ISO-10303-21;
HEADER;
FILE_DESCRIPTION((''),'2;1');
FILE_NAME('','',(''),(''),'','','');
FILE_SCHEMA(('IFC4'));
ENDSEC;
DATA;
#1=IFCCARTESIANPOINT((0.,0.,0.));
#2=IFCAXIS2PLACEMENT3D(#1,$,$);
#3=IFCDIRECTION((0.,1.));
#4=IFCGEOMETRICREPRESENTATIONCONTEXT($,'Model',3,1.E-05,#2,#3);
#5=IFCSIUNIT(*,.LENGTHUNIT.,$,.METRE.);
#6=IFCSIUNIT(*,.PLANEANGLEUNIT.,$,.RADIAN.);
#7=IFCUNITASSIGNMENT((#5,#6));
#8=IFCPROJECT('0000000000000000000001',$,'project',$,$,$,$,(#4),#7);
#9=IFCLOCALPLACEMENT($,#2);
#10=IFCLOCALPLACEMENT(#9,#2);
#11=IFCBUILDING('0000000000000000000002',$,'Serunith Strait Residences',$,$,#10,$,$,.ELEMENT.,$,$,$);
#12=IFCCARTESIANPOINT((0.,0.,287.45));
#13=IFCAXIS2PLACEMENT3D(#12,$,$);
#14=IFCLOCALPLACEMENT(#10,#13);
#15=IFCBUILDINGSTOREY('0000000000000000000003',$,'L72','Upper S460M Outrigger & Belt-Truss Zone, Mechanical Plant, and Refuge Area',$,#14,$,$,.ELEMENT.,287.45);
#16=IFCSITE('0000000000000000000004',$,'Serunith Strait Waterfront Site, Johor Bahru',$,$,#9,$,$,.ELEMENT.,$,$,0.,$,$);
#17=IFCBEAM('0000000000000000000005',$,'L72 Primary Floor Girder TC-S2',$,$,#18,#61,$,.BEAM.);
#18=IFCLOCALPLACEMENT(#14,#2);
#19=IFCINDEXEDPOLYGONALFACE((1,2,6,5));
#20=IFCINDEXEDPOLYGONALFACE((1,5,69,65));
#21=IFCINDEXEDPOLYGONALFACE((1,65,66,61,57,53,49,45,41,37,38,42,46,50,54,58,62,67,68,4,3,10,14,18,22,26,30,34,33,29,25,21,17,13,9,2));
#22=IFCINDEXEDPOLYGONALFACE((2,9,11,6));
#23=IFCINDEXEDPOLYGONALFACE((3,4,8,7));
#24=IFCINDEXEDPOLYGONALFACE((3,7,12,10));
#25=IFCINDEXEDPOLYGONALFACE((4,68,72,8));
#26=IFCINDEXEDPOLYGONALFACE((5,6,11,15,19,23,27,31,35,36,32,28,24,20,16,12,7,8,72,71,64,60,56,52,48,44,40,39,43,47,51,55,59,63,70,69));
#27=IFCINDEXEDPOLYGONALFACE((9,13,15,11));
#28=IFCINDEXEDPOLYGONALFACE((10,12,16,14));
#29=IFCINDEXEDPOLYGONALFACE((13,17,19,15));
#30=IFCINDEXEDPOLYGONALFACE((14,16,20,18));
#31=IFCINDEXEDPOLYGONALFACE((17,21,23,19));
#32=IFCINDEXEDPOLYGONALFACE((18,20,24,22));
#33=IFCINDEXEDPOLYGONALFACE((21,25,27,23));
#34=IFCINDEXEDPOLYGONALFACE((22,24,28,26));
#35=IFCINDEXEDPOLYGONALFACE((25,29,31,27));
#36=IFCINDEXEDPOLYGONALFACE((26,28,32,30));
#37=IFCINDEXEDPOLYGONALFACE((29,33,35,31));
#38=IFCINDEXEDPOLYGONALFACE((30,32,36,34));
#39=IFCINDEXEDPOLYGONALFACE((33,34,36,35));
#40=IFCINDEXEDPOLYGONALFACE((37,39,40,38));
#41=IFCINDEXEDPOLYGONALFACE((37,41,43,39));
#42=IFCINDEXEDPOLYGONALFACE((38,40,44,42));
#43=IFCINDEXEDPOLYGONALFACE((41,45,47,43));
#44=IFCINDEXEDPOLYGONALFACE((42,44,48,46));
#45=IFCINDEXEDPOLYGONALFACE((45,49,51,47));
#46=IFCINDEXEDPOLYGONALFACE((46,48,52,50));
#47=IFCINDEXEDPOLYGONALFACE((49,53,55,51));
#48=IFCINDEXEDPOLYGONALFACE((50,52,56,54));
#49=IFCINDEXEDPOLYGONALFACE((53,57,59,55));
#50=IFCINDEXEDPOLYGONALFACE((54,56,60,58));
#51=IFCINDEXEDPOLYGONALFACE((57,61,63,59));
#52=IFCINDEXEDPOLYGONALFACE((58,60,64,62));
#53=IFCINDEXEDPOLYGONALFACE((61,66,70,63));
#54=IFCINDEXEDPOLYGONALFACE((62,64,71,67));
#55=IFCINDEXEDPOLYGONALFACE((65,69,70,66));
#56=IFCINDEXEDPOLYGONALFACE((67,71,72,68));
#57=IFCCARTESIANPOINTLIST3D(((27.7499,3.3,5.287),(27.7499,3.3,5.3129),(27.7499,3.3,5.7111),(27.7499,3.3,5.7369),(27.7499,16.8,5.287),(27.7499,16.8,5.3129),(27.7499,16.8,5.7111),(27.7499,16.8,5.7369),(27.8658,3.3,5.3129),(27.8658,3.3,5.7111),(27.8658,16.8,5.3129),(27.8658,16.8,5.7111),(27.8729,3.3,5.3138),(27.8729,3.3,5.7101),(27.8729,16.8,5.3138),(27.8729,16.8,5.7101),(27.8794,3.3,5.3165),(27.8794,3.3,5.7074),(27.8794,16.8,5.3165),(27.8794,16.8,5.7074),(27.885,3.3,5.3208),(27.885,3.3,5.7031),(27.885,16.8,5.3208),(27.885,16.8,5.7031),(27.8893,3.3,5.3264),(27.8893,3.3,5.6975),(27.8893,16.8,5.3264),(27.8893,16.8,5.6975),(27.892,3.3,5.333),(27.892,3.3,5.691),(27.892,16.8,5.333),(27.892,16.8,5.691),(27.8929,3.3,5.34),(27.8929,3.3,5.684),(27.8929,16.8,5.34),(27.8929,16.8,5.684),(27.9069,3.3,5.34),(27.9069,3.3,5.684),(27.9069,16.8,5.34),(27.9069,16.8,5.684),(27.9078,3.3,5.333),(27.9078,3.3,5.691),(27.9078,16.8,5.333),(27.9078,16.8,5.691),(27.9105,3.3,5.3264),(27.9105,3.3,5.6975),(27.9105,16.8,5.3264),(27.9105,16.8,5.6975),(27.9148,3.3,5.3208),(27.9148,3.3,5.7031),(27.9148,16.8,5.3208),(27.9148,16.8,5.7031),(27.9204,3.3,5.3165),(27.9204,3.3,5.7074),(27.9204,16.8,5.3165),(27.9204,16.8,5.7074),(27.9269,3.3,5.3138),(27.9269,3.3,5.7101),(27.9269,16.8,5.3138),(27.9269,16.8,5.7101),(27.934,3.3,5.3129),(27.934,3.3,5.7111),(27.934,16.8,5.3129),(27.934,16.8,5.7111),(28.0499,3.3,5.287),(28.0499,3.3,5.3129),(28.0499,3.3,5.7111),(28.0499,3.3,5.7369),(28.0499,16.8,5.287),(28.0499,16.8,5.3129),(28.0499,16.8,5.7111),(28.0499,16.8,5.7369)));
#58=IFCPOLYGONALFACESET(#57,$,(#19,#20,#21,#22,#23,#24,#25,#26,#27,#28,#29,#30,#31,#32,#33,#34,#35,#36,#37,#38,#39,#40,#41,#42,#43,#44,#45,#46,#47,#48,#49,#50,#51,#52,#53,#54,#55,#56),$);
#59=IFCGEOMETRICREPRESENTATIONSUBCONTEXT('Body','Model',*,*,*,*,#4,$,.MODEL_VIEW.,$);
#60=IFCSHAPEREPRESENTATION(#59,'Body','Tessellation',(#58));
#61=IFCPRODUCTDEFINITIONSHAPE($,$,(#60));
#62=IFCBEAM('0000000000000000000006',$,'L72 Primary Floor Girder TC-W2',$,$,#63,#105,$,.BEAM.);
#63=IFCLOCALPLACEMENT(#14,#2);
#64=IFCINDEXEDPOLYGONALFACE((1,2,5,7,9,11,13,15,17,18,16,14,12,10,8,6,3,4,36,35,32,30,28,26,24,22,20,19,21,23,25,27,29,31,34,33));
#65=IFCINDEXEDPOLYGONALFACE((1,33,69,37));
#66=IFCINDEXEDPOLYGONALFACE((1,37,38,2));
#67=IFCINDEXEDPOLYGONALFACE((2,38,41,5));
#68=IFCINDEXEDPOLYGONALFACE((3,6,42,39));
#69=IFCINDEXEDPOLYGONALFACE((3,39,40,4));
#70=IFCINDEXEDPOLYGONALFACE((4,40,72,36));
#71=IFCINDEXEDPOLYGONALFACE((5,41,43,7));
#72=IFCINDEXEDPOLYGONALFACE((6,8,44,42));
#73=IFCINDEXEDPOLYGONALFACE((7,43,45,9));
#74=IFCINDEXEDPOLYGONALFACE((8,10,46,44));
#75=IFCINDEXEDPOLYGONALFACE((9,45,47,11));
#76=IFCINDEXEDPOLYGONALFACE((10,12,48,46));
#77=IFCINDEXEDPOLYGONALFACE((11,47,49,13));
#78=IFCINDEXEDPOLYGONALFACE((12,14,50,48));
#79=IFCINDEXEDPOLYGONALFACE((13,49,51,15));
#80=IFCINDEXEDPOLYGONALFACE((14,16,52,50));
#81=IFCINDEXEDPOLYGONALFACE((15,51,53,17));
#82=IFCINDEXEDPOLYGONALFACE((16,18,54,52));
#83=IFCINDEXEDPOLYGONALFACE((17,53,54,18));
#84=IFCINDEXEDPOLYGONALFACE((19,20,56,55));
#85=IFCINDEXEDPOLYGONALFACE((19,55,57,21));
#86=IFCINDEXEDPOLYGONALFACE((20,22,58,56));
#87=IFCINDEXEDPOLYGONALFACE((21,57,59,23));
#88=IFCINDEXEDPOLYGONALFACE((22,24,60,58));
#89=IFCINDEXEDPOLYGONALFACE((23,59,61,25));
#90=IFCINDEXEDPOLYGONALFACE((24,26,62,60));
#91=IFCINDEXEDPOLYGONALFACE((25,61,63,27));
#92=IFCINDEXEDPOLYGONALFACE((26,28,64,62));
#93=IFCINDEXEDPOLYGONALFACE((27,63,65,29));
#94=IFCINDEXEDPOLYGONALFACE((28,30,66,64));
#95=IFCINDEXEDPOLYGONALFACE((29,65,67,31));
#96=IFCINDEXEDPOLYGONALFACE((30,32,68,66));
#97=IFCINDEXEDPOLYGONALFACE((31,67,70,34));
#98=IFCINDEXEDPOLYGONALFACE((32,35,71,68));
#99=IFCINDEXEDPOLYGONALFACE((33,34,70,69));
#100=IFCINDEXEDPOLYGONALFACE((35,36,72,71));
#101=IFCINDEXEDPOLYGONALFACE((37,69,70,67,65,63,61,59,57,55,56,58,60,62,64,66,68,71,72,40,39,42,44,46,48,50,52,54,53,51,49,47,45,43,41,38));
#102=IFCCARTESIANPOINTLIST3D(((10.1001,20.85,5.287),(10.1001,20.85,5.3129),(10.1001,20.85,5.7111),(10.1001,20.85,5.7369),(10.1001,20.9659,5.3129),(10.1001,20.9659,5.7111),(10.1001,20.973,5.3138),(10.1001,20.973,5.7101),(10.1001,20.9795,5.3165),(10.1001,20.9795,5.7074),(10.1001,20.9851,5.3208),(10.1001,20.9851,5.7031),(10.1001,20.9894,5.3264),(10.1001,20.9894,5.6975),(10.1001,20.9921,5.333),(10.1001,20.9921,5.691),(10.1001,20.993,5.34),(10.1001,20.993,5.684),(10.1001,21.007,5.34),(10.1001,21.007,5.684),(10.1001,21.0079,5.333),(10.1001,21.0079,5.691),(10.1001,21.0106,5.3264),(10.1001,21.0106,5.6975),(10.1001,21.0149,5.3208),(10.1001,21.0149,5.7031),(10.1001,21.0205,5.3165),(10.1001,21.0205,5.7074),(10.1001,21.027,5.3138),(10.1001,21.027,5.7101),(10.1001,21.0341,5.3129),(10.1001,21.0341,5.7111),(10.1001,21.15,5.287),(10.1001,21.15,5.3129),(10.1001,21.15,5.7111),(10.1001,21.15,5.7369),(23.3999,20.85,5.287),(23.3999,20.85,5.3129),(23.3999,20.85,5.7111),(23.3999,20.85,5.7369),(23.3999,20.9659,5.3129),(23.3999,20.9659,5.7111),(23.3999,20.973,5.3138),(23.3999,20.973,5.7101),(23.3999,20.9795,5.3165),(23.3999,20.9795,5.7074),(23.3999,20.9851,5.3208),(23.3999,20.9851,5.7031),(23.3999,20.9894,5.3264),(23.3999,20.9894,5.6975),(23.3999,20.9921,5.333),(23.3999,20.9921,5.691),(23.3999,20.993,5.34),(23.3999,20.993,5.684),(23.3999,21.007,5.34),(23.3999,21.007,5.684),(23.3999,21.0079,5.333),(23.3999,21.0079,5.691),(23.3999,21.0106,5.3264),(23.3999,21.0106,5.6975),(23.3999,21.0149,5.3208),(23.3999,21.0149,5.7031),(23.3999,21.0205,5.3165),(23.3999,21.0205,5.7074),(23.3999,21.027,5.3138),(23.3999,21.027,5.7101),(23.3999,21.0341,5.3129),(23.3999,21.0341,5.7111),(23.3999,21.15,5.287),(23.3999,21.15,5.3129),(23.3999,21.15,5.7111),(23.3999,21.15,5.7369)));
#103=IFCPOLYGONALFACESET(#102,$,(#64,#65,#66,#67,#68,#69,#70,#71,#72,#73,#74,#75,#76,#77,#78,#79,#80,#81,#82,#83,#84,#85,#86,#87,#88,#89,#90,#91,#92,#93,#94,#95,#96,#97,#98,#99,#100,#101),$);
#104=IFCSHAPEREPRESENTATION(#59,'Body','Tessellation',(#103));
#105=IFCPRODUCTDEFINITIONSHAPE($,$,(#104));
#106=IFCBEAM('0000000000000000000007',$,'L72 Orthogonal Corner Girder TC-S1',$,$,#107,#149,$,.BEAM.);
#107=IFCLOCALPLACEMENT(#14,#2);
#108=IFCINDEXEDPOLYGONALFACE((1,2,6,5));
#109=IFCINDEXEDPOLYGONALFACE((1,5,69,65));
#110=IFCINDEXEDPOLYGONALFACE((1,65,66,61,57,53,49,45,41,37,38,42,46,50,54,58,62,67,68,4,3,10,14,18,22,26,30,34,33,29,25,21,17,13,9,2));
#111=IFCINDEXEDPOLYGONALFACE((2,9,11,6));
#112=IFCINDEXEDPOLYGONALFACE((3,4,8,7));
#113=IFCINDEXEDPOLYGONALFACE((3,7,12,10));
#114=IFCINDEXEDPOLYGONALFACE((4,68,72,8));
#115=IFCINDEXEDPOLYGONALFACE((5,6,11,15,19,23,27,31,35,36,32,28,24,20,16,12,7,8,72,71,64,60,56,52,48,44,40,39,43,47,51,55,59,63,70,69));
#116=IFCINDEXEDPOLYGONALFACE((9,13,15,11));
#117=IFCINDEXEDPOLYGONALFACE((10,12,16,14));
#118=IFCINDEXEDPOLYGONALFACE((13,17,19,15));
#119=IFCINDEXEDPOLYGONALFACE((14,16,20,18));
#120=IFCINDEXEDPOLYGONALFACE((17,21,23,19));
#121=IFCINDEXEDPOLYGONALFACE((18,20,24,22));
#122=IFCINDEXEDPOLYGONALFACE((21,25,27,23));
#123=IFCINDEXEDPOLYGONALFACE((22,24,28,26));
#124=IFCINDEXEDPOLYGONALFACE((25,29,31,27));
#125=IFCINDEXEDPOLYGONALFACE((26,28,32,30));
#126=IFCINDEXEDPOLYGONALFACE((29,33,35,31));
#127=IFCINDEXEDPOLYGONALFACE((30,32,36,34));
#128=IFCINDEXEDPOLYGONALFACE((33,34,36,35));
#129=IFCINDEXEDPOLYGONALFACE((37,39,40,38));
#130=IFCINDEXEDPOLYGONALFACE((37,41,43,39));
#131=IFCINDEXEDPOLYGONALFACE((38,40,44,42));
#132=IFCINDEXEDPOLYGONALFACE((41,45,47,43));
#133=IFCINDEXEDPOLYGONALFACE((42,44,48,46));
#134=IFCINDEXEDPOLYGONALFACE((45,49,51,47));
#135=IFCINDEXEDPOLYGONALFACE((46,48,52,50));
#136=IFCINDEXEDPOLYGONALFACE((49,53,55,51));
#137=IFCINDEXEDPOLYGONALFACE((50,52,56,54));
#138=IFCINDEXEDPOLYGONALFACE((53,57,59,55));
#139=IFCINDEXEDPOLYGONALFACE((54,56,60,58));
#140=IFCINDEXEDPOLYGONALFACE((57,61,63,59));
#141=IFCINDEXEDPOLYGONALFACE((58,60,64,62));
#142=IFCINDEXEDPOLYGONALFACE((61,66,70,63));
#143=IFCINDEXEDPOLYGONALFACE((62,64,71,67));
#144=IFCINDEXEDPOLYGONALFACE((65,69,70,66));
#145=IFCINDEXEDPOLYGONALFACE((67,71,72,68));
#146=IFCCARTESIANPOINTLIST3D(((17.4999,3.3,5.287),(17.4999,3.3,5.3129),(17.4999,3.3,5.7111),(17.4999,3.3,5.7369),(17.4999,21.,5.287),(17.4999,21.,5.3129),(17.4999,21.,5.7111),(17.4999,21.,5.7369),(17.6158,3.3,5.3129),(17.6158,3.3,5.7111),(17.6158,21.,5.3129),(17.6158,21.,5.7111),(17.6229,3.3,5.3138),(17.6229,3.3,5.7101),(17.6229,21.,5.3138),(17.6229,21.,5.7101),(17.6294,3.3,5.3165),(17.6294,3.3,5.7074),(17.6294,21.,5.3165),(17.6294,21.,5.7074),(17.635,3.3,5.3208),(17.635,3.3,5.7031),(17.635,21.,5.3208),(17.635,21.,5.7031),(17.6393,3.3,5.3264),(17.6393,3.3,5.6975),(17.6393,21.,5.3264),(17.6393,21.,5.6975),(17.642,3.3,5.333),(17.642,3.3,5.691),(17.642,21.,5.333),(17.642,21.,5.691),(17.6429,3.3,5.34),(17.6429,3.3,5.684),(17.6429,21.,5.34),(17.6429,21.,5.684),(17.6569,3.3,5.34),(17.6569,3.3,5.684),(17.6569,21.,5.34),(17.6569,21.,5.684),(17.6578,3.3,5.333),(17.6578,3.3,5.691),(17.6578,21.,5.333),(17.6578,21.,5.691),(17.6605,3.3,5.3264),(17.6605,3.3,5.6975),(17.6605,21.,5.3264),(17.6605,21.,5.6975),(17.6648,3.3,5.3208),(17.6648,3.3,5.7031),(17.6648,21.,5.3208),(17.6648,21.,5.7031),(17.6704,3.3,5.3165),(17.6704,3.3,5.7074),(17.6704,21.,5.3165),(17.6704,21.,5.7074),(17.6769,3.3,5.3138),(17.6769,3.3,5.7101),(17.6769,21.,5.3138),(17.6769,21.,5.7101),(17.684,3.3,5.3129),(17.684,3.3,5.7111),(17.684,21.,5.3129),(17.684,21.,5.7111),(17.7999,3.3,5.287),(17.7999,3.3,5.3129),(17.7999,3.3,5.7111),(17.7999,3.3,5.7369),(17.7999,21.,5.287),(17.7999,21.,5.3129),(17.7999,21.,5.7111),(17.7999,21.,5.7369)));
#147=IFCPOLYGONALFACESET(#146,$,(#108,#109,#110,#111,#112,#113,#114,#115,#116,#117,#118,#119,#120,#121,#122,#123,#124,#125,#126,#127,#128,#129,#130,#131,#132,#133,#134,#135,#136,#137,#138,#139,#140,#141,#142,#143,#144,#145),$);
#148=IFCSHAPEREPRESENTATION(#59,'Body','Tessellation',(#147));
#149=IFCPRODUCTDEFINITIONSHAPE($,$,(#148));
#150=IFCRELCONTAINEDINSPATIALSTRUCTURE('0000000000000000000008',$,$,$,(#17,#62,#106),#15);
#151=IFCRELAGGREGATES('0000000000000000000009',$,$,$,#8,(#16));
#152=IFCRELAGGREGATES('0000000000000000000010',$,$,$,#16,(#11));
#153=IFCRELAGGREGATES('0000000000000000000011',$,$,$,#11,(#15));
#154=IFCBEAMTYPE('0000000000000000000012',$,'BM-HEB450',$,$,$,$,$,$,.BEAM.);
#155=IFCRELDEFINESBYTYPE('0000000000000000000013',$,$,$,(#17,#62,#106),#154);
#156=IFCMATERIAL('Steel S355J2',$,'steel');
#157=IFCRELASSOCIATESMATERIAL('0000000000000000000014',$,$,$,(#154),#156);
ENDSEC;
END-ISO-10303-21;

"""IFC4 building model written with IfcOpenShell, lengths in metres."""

from ifc_helpers import new_model, si_unit, direction, frame, origin, origin_2d, place, context, subcontext, project, spatial, i_section, extrude, source, transform, mapped, material, material_profile, profile_set, type_object, element, save


model = new_model("IFC4")

# Units and contexts
model_context = context("Model", 3, precision=1e-05, world=origin(), true_north=direction((0.0, 1.0)))
body_context = subcontext(model_context, "Body", "Model", "MODEL_VIEW")
ifc_project = project(units=[si_unit("LENGTHUNIT", "METRE"), si_unit("PLANEANGLEUNIT", "RADIAN")], contexts=[model_context])

# Site, building, storey
site_placement = place(None, origin())
site = spatial("IfcSite", under=ifc_project, at=site_placement, Name="Serunith Strait Waterfront Site, Johor Bahru", CompositionType="ELEMENT", RefElevation=0.0)
building_placement = place(site_placement, origin())
building = spatial("IfcBuilding", under=site, at=building_placement, Name="Serunith Strait Residences", CompositionType="ELEMENT")
storey_placement = place(building_placement, frame((0.0, 0.0, 287.45)))
storey = spatial("IfcBuildingStorey", under=building, at=storey_placement, Name="L72", Description="Upper S460M Outrigger & Belt-Truss Zone, Mechanical Plant, and Refuge Area", CompositionType="ELEMENT", Elevation=287.45)

# Beams
ifc_material_1 = material(Name="Steel S355J2", Category="steel")
ifc_material_profile_1 = material_profile(ifc_material_1, i_section(OverallWidth=0.3, OverallDepth=0.45, WebThickness=0.0139, FlangeThickness=0.0259, FilletRadius=0.0271, at=origin_2d()), Name="HEB 450")
ifc_profile_set_1 = profile_set([ifc_material_profile_1], Name="Steel S355J2")
beam_type = type_object("IfcBeamType", Name="BM-HEB450", PredefinedType="BEAM", material=ifc_profile_set_1)
shared_shape_1 = source(origin(), body_context, "Body", "SweptSolid", [
    extrude(i_section(OverallWidth=0.3, OverallDepth=0.45, WebThickness=0.0139, FlangeThickness=0.0259, FilletRadius=0.0271, at=origin_2d()), origin(), (0.0, 0.0, 1.0), 13.5),
])
beam_1_placement = place(storey_placement, frame((27.8999, 16.8, 5.512), z_axis=(0.0, -1.0, 0.0), x_axis=(1.0, 0.0, 0.0)))
element("IfcBeam", 1, at=beam_1_placement, inside=storey, type_object=beam_type, Name="L72 Primary Floor Girder TC-S2", PredefinedType="BEAM", context=body_context, shape_type="MappedRepresentation", body=[
    mapped(shared_shape_1, transform((0.0, 0.0, 0.0), scale=1.0)),
])
shared_shape_2 = source(origin(), body_context, "Body", "SweptSolid", [
    extrude(i_section(OverallWidth=0.3, OverallDepth=0.45, WebThickness=0.0139, FlangeThickness=0.0259, FilletRadius=0.0271, at=origin_2d()), origin(), (0.0, 0.0, 1.0), 13.2998),
])
beam_2_placement = place(storey_placement, frame((23.3999, 21.0, 5.512), z_axis=(-1.0, 0.0, 0.0), x_axis=(0.0, -1.0, 0.0)))
element("IfcBeam", 2, at=beam_2_placement, inside=storey, type_object=beam_type, Name="L72 Primary Floor Girder TC-W2", PredefinedType="BEAM", context=body_context, shape_type="MappedRepresentation", body=[
    mapped(shared_shape_2, transform((0.0, 0.0, 0.0), scale=1.0)),
])
shared_shape_3 = source(origin(), body_context, "Body", "SweptSolid", [
    extrude(i_section(OverallWidth=0.3, OverallDepth=0.45, WebThickness=0.0139, FlangeThickness=0.0259, FilletRadius=0.0271, at=origin_2d()), origin(), (0.0, 0.0, 1.0), 17.7),
])
beam_3_placement = place(storey_placement, frame((17.6499, 21.0, 5.512), z_axis=(0.0, -1.0, 0.0), x_axis=(1.0, 0.0, 0.0)))
element("IfcBeam", 3, at=beam_3_placement, inside=storey, type_object=beam_type, Name="L72 Orthogonal Corner Girder TC-S1", PredefinedType="BEAM", context=body_context, shape_type="MappedRepresentation", body=[
    mapped(shared_shape_3, transform((0.0, 0.0, 0.0), scale=1.0)),
])

save(model, "model.ifc")
